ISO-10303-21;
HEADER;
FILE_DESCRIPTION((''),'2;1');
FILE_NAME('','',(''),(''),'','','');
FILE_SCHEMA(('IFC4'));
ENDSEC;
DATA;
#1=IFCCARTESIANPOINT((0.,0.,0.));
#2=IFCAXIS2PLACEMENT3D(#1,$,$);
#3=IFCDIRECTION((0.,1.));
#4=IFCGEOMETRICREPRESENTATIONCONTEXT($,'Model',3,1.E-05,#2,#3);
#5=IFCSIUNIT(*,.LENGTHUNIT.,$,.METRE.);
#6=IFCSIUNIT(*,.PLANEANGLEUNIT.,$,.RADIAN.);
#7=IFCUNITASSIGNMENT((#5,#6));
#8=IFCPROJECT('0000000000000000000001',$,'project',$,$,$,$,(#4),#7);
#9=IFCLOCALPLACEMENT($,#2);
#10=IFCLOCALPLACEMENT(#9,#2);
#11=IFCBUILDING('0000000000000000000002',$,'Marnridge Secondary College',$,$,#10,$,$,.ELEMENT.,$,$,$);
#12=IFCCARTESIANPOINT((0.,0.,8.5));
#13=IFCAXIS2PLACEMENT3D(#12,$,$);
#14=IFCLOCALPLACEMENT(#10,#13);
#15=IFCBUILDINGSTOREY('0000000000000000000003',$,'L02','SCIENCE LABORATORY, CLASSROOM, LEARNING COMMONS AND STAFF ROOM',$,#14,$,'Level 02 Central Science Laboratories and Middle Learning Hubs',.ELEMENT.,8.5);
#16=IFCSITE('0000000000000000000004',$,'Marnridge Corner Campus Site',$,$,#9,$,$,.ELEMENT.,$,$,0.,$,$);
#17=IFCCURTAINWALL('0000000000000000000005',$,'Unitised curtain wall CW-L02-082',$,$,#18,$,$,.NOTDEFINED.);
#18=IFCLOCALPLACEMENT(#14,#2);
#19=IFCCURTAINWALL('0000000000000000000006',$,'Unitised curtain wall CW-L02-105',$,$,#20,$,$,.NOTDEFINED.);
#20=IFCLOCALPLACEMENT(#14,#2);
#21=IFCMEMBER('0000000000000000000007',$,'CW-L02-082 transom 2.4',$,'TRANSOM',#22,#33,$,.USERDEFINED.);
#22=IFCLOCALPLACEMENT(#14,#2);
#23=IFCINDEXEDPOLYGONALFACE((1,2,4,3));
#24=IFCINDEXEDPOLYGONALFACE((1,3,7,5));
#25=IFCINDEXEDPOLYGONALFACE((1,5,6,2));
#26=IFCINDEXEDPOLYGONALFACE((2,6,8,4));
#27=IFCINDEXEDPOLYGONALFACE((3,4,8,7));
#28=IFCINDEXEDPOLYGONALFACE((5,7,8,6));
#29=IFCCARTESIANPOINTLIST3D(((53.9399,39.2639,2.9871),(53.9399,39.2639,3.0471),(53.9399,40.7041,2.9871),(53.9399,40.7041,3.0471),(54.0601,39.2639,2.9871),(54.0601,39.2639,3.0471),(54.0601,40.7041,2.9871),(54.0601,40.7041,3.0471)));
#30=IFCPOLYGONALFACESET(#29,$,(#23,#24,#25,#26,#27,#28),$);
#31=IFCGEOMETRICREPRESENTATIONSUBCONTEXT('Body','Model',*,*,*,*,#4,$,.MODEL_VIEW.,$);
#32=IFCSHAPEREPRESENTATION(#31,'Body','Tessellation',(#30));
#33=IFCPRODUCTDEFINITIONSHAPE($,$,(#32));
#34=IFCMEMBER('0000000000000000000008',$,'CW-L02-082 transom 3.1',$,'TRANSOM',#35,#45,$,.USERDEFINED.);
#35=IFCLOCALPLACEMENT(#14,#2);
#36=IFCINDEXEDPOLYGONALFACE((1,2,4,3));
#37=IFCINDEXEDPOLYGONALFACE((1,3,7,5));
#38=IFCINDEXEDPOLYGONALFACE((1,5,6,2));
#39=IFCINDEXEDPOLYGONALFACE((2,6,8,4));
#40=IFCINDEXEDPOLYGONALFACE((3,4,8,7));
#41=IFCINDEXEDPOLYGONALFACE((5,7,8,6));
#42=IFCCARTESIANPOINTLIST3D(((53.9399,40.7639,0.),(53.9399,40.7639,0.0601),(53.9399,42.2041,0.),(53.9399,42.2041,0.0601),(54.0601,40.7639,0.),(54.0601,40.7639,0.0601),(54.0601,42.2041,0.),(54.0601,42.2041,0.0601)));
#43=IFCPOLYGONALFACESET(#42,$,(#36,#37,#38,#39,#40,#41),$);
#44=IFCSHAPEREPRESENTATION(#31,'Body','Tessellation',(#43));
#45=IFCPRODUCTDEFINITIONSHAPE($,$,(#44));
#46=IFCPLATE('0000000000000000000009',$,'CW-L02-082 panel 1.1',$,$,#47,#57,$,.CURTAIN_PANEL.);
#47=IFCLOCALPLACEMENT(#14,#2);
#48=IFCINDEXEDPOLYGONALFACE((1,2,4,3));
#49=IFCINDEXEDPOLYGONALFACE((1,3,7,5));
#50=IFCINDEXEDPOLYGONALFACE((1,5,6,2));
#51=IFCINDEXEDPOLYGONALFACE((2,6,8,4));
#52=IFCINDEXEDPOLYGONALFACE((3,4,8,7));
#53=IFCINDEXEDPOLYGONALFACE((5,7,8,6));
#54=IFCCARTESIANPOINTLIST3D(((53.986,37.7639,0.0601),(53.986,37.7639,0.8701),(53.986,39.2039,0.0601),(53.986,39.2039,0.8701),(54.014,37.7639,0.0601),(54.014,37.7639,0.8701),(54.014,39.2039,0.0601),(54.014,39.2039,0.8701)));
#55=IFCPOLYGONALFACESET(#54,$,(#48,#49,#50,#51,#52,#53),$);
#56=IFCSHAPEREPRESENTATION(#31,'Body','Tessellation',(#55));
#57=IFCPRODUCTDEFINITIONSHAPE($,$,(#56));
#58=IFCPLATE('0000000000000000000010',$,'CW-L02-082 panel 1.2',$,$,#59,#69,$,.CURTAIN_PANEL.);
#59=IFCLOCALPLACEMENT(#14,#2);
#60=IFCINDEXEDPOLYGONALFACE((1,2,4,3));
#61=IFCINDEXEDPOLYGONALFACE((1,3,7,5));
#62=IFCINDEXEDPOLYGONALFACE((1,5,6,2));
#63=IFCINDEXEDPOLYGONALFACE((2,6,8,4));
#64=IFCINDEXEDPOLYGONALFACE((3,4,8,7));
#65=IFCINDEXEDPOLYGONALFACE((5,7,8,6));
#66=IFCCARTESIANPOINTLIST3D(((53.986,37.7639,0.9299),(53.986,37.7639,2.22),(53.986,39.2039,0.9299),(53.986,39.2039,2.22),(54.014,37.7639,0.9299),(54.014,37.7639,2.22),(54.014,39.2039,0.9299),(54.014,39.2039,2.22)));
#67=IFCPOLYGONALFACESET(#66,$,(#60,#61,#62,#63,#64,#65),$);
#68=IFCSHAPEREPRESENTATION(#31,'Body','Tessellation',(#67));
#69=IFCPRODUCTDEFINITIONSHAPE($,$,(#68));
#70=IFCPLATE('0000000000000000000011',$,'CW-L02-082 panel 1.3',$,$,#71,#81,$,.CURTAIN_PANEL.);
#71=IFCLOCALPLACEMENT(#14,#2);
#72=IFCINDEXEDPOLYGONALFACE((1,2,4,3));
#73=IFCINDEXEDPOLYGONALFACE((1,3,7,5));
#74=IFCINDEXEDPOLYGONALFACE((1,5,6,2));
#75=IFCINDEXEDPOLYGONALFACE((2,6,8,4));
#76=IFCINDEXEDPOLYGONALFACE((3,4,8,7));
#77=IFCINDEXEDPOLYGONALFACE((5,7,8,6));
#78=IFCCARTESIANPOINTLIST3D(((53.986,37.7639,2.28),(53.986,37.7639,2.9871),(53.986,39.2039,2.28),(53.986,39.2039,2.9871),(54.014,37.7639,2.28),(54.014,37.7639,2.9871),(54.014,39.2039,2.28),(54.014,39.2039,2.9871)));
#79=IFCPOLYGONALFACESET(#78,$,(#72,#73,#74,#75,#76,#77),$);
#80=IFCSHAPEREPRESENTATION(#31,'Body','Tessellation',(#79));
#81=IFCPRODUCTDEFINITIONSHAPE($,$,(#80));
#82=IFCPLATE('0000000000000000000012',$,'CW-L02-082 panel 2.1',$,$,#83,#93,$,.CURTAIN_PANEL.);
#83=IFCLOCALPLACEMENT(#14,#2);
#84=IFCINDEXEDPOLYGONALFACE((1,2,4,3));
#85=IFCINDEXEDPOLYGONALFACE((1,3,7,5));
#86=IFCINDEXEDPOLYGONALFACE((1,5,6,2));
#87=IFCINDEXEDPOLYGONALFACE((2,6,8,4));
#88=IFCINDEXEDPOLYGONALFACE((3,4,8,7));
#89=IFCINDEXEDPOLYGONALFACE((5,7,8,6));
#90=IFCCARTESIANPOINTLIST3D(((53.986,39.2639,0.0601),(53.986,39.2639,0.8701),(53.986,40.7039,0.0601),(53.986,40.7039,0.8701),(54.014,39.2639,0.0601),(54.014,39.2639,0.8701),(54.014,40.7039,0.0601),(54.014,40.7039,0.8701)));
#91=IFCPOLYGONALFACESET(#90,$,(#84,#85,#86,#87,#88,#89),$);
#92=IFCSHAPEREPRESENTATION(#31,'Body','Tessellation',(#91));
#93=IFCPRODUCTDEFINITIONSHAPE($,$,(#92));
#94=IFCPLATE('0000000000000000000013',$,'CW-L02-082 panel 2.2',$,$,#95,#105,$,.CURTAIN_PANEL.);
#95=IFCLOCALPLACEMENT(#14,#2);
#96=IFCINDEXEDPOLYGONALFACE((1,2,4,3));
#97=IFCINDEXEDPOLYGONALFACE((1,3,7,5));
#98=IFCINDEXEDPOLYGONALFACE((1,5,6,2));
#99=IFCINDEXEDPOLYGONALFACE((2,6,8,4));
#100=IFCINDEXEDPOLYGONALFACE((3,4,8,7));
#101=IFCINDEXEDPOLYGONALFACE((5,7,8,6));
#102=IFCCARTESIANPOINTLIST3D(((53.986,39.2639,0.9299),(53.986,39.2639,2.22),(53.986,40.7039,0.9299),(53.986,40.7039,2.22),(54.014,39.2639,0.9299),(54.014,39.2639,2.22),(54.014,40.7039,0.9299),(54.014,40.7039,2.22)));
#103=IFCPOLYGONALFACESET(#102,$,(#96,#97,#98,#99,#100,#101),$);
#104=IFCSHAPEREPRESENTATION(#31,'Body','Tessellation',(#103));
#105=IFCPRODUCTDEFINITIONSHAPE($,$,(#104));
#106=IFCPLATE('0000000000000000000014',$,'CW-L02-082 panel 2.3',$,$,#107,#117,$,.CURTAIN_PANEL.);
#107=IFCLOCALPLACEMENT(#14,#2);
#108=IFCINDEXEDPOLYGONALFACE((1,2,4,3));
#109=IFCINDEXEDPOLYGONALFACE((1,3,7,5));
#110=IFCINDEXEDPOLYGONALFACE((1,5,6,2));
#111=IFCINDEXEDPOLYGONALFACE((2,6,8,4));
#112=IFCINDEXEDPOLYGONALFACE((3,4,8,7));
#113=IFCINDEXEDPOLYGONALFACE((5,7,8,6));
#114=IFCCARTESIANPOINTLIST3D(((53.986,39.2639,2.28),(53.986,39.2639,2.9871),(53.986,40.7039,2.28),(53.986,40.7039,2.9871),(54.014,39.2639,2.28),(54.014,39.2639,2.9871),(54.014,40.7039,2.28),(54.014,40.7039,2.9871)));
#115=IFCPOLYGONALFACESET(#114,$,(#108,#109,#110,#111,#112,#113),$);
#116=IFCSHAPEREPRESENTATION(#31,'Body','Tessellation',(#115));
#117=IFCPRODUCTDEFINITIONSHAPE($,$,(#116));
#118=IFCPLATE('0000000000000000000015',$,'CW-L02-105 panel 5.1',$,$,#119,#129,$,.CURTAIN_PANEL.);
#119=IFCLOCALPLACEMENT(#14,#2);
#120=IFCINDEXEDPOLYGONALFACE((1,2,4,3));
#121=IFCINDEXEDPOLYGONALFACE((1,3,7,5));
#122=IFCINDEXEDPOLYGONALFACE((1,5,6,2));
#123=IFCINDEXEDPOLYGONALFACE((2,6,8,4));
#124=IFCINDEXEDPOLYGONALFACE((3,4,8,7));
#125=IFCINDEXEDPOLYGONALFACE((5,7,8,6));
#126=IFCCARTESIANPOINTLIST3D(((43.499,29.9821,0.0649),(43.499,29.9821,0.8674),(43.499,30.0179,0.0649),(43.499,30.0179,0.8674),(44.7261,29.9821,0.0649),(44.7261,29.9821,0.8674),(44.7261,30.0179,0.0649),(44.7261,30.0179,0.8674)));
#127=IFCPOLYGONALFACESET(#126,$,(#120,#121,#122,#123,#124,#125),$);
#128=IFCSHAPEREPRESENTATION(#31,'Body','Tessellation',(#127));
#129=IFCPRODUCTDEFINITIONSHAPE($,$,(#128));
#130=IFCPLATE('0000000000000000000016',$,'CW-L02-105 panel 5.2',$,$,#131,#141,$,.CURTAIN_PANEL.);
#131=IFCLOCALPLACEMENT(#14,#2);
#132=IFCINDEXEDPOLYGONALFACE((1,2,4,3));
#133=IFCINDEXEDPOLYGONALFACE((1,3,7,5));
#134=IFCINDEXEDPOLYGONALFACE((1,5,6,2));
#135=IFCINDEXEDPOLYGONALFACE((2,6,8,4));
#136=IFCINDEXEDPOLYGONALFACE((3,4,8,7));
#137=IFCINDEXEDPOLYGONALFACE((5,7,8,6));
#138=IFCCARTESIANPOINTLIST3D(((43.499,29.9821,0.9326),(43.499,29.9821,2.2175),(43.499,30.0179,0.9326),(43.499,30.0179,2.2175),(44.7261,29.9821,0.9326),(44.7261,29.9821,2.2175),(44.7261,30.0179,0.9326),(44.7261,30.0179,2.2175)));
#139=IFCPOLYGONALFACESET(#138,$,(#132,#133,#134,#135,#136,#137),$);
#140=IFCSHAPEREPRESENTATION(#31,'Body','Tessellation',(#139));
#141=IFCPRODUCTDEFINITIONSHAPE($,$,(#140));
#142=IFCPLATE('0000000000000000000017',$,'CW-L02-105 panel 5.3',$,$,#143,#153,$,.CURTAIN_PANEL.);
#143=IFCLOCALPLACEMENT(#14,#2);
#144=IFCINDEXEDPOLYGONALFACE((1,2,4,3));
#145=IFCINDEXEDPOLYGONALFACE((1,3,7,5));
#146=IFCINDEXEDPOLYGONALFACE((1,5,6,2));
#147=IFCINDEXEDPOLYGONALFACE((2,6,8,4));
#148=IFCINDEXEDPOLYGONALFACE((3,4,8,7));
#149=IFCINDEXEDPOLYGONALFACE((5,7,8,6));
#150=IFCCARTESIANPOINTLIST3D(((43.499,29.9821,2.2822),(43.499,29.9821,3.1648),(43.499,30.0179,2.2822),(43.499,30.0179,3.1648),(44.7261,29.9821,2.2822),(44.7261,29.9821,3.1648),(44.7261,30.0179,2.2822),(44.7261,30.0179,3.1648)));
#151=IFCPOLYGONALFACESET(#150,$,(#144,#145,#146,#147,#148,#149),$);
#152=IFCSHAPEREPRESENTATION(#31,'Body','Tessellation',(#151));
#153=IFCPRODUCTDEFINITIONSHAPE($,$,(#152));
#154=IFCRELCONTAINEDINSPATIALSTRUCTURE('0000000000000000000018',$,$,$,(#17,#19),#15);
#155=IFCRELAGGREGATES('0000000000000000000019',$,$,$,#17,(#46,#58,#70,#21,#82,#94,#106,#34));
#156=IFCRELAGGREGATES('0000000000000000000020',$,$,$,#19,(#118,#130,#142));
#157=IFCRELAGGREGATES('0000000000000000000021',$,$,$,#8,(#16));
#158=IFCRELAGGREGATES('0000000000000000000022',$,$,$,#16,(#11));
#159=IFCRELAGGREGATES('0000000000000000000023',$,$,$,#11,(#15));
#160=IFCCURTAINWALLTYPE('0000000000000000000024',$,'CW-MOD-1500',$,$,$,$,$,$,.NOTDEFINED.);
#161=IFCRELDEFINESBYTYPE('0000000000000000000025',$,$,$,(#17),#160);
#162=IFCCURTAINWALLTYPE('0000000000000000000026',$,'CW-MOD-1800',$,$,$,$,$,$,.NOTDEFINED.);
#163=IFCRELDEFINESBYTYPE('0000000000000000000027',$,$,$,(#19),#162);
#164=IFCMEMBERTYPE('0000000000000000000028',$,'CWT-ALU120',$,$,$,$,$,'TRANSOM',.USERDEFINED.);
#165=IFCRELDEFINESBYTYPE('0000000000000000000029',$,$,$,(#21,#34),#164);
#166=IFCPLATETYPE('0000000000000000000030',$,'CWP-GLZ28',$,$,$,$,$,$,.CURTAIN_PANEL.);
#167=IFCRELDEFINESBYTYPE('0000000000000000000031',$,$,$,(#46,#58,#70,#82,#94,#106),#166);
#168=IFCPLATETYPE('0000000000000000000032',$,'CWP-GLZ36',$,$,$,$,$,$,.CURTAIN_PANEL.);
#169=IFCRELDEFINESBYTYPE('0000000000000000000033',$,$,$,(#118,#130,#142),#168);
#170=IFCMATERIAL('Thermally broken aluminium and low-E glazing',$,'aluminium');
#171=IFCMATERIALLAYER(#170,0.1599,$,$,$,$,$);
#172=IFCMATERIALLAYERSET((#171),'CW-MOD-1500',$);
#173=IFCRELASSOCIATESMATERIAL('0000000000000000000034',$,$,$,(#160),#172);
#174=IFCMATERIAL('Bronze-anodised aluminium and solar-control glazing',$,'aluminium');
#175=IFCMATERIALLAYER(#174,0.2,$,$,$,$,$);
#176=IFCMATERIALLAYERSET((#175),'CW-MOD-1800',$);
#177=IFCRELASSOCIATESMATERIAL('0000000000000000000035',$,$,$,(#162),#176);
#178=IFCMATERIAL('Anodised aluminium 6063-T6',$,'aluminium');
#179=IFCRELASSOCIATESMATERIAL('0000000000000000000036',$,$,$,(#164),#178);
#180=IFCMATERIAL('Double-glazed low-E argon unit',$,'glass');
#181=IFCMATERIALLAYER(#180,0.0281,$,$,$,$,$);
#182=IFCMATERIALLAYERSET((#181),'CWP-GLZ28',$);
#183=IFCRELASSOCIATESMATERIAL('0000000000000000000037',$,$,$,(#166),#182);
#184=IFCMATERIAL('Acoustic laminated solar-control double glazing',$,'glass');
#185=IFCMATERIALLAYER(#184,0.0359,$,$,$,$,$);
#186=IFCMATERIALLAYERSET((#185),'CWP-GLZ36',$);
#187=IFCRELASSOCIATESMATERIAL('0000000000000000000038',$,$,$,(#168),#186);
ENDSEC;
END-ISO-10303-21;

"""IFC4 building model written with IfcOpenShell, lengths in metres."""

from ifc_helpers import new_model, si_unit, direction, frame, origin, origin_2d, place, context, subcontext, project, spatial, rectangle, extrude, material, layer, layer_set, material_profile, profile_set, type_object, element, aggregate, save


model = new_model("IFC4")

# Units and contexts
model_context = context("Model", 3, precision=1e-05, world=origin(), true_north=direction((0.0, 1.0)))
body_context = subcontext(model_context, "Body", "Model", "MODEL_VIEW")
ifc_project = project(units=[si_unit("LENGTHUNIT", "METRE"), si_unit("PLANEANGLEUNIT", "RADIAN")], contexts=[model_context])

# Site, building, storey
site_placement = place(None, origin())
site = spatial("IfcSite", under=ifc_project, at=site_placement, Name="Marnridge Corner Campus Site", CompositionType="ELEMENT", RefElevation=0.0)
building_placement = place(site_placement, origin())
building = spatial("IfcBuilding", under=site, at=building_placement, Name="Marnridge Secondary College", CompositionType="ELEMENT")
storey_placement = place(building_placement, frame((0.0, 0.0, 8.5)))
storey = spatial("IfcBuildingStorey", under=building, at=storey_placement, Name="L02", Description="SCIENCE LABORATORY, CLASSROOM, LEARNING COMMONS AND STAFF ROOM", LongName="Level 02 Central Science Laboratories and Middle Learning Hubs", CompositionType="ELEMENT", Elevation=8.5)

# Curtain wall
ifc_material_1 = material(Name="Thermally broken aluminium and low-E glazing", Category="aluminium")
ifc_layer_1 = layer(ifc_material_1, 0.1599)
ifc_layer_set_1 = layer_set([ifc_layer_1], Name="CW-MOD-1500")
curtain_wall_type_1 = type_object("IfcCurtainWallType", Name="CW-MOD-1500", PredefinedType="NOTDEFINED", material=ifc_layer_set_1)
curtain_wall_1_placement = place(storey_placement, origin())
curtain_wall_1 = element("IfcCurtainWall", 1, at=curtain_wall_1_placement, inside=storey, type_object=curtain_wall_type_1, Name="Unitised curtain wall CW-L02-082", PredefinedType="NOTDEFINED")

# Curtain wall
ifc_material_2 = material(Name="Bronze-anodised aluminium and solar-control glazing", Category="aluminium")
ifc_layer_2 = layer(ifc_material_2, 0.2)
ifc_layer_set_2 = layer_set([ifc_layer_2], Name="CW-MOD-1800")
curtain_wall_type_2 = type_object("IfcCurtainWallType", Name="CW-MOD-1800", PredefinedType="NOTDEFINED", material=ifc_layer_set_2)
curtain_wall_2_placement = place(storey_placement, origin())
curtain_wall_2 = element("IfcCurtainWall", 2, at=curtain_wall_2_placement, inside=storey, type_object=curtain_wall_type_2, Name="Unitised curtain wall CW-L02-105", PredefinedType="NOTDEFINED")

# Members
ifc_material_3 = material(Name="Anodised aluminium 6063-T6", Category="aluminium")
ifc_material_profile_1 = material_profile(ifc_material_3, rectangle(XDim=0.0601, YDim=0.1201, at=origin_2d()), Name="ALU 60x120")
ifc_profile_set_1 = profile_set([ifc_material_profile_1], Name="Anodised aluminium 6063-T6")
member_type_1 = type_object("IfcMemberType", Name="CWT-ALU120", ElementType="TRANSOM", PredefinedType="USERDEFINED", material=ifc_profile_set_1)
member_1_placement = place(storey_placement, frame((54.0, 39.2639, 3.0171), z_axis=(0.0, 1.0, 0.0), x_axis=(0.0, 0.0, 1.0)))
member_1 = element("IfcMember", 3, at=member_1_placement, type_object=member_type_1, Name="CW-L02-082 transom 2.4", ObjectType="TRANSOM", PredefinedType="USERDEFINED", context=body_context, shape_type="SweptSolid", body=[
    extrude(rectangle(XDim=0.0601, YDim=0.1201, at=origin_2d()), origin(), (0.0, 0.0, 1.0), 1.4402),
])
member_2_placement = place(storey_placement, frame((54.0, 40.7639, 0.03), z_axis=(0.0, 1.0, 0.0), x_axis=(0.0, 0.0, 1.0)))
member_2 = element("IfcMember", 4, at=member_2_placement, type_object=member_type_1, Name="CW-L02-082 transom 3.1", ObjectType="TRANSOM", PredefinedType="USERDEFINED", context=body_context, shape_type="SweptSolid", body=[
    extrude(rectangle(XDim=0.0601, YDim=0.1201, at=origin_2d()), origin(), (0.0, 0.0, 1.0), 1.4402),
])

# Plates
ifc_material_4 = material(Name="Double-glazed low-E argon unit", Category="glass")
ifc_layer_3 = layer(ifc_material_4, 0.0281)
ifc_layer_set_3 = layer_set([ifc_layer_3], Name="CWP-GLZ28")
plate_type_1 = type_object("IfcPlateType", Name="CWP-GLZ28", PredefinedType="CURTAIN_PANEL", material=ifc_layer_set_3)
plate_1_placement = place(storey_placement, frame((54.0, 38.4839, 0.0601), z_axis=(0.0, 0.0, 1.0), x_axis=(0.0, 1.0, 0.0)))
plate_1 = element("IfcPlate", 5, at=plate_1_placement, type_object=plate_type_1, Name="CW-L02-082 panel 1.1", PredefinedType="CURTAIN_PANEL", context=body_context, shape_type="SweptSolid", body=[
    extrude(rectangle(XDim=1.4399, YDim=0.0281, at=origin_2d()), origin(), (0.0, 0.0, 1.0), 0.8101),
])
plate_2_placement = place(storey_placement, frame((54.0, 38.4839, 0.9299), z_axis=(0.0, 0.0, 1.0), x_axis=(0.0, 1.0, 0.0)))
plate_2 = element("IfcPlate", 6, at=plate_2_placement, type_object=plate_type_1, Name="CW-L02-082 panel 1.2", PredefinedType="CURTAIN_PANEL", context=body_context, shape_type="SweptSolid", body=[
    extrude(rectangle(XDim=1.4399, YDim=0.0281, at=origin_2d()), origin(), (0.0, 0.0, 1.0), 1.29),
])
plate_3_placement = place(storey_placement, frame((54.0, 38.4839, 2.28), z_axis=(0.0, 0.0, 1.0), x_axis=(0.0, 1.0, 0.0)))
plate_3 = element("IfcPlate", 7, at=plate_3_placement, type_object=plate_type_1, Name="CW-L02-082 panel 1.3", PredefinedType="CURTAIN_PANEL", context=body_context, shape_type="SweptSolid", body=[
    extrude(rectangle(XDim=1.4399, YDim=0.0281, at=origin_2d()), origin(), (0.0, 0.0, 1.0), 0.707),
])
plate_4_placement = place(storey_placement, frame((54.0, 39.9839, 0.0601), z_axis=(0.0, 0.0, 1.0), x_axis=(0.0, 1.0, 0.0)))
plate_4 = element("IfcPlate", 8, at=plate_4_placement, type_object=plate_type_1, Name="CW-L02-082 panel 2.1", PredefinedType="CURTAIN_PANEL", context=body_context, shape_type="SweptSolid", body=[
    extrude(rectangle(XDim=1.4399, YDim=0.0281, at=origin_2d()), origin(), (0.0, 0.0, 1.0), 0.8101),
])
plate_5_placement = place(storey_placement, frame((54.0, 39.9839, 0.9299), z_axis=(0.0, 0.0, 1.0), x_axis=(0.0, 1.0, 0.0)))
plate_5 = element("IfcPlate", 9, at=plate_5_placement, type_object=plate_type_1, Name="CW-L02-082 panel 2.2", PredefinedType="CURTAIN_PANEL", context=body_context, shape_type="SweptSolid", body=[
    extrude(rectangle(XDim=1.4399, YDim=0.0281, at=origin_2d()), origin(), (0.0, 0.0, 1.0), 1.29),
])
plate_6_placement = place(storey_placement, frame((54.0, 39.9839, 2.28), z_axis=(0.0, 0.0, 1.0), x_axis=(0.0, 1.0, 0.0)))
plate_6 = element("IfcPlate", 10, at=plate_6_placement, type_object=plate_type_1, Name="CW-L02-082 panel 2.3", PredefinedType="CURTAIN_PANEL", context=body_context, shape_type="SweptSolid", body=[
    extrude(rectangle(XDim=1.4399, YDim=0.0281, at=origin_2d()), origin(), (0.0, 0.0, 1.0), 0.707),
])
aggregate(curtain_wall_1, [plate_1, plate_2, plate_3, member_1, plate_4, plate_5, plate_6, member_2])
ifc_material_5 = material(Name="Acoustic laminated solar-control double glazing", Category="glass")
ifc_layer_4 = layer(ifc_material_5, 0.0359)
ifc_layer_set_4 = layer_set([ifc_layer_4], Name="CWP-GLZ36")
plate_type_2 = type_object("IfcPlateType", Name="CWP-GLZ36", PredefinedType="CURTAIN_PANEL", material=ifc_layer_set_4)
plate_7_placement = place(storey_placement, frame((44.1125, 30.0, 0.0649), z_axis=(0.0, 0.0, 1.0), x_axis=(1.0, 0.0, 0.0)))
plate_7 = element("IfcPlate", 11, at=plate_7_placement, type_object=plate_type_2, Name="CW-L02-105 panel 5.1", PredefinedType="CURTAIN_PANEL", context=body_context, shape_type="SweptSolid", body=[
    extrude(rectangle(XDim=1.2271, YDim=0.0359, at=origin_2d()), origin(), (0.0, 0.0, 1.0), 0.8025),
])
plate_8_placement = place(storey_placement, frame((44.1125, 30.0, 0.9326), z_axis=(0.0, 0.0, 1.0), x_axis=(1.0, 0.0, 0.0)))
plate_8 = element("IfcPlate", 12, at=plate_8_placement, type_object=plate_type_2, Name="CW-L02-105 panel 5.2", PredefinedType="CURTAIN_PANEL", context=body_context, shape_type="SweptSolid", body=[
    extrude(rectangle(XDim=1.2271, YDim=0.0359, at=origin_2d()), origin(), (0.0, 0.0, 1.0), 1.2849),
])
plate_9_placement = place(storey_placement, frame((44.1125, 30.0, 2.2822), z_axis=(0.0, 0.0, 1.0), x_axis=(1.0, 0.0, 0.0)))
plate_9 = element("IfcPlate", 13, at=plate_9_placement, type_object=plate_type_2, Name="CW-L02-105 panel 5.3", PredefinedType="CURTAIN_PANEL", context=body_context, shape_type="SweptSolid", body=[
    extrude(rectangle(XDim=1.2271, YDim=0.0359, at=origin_2d()), origin(), (0.0, 0.0, 1.0), 0.8826),
])
aggregate(curtain_wall_2, [plate_7, plate_8, plate_9])

save(model, "model.ifc")
